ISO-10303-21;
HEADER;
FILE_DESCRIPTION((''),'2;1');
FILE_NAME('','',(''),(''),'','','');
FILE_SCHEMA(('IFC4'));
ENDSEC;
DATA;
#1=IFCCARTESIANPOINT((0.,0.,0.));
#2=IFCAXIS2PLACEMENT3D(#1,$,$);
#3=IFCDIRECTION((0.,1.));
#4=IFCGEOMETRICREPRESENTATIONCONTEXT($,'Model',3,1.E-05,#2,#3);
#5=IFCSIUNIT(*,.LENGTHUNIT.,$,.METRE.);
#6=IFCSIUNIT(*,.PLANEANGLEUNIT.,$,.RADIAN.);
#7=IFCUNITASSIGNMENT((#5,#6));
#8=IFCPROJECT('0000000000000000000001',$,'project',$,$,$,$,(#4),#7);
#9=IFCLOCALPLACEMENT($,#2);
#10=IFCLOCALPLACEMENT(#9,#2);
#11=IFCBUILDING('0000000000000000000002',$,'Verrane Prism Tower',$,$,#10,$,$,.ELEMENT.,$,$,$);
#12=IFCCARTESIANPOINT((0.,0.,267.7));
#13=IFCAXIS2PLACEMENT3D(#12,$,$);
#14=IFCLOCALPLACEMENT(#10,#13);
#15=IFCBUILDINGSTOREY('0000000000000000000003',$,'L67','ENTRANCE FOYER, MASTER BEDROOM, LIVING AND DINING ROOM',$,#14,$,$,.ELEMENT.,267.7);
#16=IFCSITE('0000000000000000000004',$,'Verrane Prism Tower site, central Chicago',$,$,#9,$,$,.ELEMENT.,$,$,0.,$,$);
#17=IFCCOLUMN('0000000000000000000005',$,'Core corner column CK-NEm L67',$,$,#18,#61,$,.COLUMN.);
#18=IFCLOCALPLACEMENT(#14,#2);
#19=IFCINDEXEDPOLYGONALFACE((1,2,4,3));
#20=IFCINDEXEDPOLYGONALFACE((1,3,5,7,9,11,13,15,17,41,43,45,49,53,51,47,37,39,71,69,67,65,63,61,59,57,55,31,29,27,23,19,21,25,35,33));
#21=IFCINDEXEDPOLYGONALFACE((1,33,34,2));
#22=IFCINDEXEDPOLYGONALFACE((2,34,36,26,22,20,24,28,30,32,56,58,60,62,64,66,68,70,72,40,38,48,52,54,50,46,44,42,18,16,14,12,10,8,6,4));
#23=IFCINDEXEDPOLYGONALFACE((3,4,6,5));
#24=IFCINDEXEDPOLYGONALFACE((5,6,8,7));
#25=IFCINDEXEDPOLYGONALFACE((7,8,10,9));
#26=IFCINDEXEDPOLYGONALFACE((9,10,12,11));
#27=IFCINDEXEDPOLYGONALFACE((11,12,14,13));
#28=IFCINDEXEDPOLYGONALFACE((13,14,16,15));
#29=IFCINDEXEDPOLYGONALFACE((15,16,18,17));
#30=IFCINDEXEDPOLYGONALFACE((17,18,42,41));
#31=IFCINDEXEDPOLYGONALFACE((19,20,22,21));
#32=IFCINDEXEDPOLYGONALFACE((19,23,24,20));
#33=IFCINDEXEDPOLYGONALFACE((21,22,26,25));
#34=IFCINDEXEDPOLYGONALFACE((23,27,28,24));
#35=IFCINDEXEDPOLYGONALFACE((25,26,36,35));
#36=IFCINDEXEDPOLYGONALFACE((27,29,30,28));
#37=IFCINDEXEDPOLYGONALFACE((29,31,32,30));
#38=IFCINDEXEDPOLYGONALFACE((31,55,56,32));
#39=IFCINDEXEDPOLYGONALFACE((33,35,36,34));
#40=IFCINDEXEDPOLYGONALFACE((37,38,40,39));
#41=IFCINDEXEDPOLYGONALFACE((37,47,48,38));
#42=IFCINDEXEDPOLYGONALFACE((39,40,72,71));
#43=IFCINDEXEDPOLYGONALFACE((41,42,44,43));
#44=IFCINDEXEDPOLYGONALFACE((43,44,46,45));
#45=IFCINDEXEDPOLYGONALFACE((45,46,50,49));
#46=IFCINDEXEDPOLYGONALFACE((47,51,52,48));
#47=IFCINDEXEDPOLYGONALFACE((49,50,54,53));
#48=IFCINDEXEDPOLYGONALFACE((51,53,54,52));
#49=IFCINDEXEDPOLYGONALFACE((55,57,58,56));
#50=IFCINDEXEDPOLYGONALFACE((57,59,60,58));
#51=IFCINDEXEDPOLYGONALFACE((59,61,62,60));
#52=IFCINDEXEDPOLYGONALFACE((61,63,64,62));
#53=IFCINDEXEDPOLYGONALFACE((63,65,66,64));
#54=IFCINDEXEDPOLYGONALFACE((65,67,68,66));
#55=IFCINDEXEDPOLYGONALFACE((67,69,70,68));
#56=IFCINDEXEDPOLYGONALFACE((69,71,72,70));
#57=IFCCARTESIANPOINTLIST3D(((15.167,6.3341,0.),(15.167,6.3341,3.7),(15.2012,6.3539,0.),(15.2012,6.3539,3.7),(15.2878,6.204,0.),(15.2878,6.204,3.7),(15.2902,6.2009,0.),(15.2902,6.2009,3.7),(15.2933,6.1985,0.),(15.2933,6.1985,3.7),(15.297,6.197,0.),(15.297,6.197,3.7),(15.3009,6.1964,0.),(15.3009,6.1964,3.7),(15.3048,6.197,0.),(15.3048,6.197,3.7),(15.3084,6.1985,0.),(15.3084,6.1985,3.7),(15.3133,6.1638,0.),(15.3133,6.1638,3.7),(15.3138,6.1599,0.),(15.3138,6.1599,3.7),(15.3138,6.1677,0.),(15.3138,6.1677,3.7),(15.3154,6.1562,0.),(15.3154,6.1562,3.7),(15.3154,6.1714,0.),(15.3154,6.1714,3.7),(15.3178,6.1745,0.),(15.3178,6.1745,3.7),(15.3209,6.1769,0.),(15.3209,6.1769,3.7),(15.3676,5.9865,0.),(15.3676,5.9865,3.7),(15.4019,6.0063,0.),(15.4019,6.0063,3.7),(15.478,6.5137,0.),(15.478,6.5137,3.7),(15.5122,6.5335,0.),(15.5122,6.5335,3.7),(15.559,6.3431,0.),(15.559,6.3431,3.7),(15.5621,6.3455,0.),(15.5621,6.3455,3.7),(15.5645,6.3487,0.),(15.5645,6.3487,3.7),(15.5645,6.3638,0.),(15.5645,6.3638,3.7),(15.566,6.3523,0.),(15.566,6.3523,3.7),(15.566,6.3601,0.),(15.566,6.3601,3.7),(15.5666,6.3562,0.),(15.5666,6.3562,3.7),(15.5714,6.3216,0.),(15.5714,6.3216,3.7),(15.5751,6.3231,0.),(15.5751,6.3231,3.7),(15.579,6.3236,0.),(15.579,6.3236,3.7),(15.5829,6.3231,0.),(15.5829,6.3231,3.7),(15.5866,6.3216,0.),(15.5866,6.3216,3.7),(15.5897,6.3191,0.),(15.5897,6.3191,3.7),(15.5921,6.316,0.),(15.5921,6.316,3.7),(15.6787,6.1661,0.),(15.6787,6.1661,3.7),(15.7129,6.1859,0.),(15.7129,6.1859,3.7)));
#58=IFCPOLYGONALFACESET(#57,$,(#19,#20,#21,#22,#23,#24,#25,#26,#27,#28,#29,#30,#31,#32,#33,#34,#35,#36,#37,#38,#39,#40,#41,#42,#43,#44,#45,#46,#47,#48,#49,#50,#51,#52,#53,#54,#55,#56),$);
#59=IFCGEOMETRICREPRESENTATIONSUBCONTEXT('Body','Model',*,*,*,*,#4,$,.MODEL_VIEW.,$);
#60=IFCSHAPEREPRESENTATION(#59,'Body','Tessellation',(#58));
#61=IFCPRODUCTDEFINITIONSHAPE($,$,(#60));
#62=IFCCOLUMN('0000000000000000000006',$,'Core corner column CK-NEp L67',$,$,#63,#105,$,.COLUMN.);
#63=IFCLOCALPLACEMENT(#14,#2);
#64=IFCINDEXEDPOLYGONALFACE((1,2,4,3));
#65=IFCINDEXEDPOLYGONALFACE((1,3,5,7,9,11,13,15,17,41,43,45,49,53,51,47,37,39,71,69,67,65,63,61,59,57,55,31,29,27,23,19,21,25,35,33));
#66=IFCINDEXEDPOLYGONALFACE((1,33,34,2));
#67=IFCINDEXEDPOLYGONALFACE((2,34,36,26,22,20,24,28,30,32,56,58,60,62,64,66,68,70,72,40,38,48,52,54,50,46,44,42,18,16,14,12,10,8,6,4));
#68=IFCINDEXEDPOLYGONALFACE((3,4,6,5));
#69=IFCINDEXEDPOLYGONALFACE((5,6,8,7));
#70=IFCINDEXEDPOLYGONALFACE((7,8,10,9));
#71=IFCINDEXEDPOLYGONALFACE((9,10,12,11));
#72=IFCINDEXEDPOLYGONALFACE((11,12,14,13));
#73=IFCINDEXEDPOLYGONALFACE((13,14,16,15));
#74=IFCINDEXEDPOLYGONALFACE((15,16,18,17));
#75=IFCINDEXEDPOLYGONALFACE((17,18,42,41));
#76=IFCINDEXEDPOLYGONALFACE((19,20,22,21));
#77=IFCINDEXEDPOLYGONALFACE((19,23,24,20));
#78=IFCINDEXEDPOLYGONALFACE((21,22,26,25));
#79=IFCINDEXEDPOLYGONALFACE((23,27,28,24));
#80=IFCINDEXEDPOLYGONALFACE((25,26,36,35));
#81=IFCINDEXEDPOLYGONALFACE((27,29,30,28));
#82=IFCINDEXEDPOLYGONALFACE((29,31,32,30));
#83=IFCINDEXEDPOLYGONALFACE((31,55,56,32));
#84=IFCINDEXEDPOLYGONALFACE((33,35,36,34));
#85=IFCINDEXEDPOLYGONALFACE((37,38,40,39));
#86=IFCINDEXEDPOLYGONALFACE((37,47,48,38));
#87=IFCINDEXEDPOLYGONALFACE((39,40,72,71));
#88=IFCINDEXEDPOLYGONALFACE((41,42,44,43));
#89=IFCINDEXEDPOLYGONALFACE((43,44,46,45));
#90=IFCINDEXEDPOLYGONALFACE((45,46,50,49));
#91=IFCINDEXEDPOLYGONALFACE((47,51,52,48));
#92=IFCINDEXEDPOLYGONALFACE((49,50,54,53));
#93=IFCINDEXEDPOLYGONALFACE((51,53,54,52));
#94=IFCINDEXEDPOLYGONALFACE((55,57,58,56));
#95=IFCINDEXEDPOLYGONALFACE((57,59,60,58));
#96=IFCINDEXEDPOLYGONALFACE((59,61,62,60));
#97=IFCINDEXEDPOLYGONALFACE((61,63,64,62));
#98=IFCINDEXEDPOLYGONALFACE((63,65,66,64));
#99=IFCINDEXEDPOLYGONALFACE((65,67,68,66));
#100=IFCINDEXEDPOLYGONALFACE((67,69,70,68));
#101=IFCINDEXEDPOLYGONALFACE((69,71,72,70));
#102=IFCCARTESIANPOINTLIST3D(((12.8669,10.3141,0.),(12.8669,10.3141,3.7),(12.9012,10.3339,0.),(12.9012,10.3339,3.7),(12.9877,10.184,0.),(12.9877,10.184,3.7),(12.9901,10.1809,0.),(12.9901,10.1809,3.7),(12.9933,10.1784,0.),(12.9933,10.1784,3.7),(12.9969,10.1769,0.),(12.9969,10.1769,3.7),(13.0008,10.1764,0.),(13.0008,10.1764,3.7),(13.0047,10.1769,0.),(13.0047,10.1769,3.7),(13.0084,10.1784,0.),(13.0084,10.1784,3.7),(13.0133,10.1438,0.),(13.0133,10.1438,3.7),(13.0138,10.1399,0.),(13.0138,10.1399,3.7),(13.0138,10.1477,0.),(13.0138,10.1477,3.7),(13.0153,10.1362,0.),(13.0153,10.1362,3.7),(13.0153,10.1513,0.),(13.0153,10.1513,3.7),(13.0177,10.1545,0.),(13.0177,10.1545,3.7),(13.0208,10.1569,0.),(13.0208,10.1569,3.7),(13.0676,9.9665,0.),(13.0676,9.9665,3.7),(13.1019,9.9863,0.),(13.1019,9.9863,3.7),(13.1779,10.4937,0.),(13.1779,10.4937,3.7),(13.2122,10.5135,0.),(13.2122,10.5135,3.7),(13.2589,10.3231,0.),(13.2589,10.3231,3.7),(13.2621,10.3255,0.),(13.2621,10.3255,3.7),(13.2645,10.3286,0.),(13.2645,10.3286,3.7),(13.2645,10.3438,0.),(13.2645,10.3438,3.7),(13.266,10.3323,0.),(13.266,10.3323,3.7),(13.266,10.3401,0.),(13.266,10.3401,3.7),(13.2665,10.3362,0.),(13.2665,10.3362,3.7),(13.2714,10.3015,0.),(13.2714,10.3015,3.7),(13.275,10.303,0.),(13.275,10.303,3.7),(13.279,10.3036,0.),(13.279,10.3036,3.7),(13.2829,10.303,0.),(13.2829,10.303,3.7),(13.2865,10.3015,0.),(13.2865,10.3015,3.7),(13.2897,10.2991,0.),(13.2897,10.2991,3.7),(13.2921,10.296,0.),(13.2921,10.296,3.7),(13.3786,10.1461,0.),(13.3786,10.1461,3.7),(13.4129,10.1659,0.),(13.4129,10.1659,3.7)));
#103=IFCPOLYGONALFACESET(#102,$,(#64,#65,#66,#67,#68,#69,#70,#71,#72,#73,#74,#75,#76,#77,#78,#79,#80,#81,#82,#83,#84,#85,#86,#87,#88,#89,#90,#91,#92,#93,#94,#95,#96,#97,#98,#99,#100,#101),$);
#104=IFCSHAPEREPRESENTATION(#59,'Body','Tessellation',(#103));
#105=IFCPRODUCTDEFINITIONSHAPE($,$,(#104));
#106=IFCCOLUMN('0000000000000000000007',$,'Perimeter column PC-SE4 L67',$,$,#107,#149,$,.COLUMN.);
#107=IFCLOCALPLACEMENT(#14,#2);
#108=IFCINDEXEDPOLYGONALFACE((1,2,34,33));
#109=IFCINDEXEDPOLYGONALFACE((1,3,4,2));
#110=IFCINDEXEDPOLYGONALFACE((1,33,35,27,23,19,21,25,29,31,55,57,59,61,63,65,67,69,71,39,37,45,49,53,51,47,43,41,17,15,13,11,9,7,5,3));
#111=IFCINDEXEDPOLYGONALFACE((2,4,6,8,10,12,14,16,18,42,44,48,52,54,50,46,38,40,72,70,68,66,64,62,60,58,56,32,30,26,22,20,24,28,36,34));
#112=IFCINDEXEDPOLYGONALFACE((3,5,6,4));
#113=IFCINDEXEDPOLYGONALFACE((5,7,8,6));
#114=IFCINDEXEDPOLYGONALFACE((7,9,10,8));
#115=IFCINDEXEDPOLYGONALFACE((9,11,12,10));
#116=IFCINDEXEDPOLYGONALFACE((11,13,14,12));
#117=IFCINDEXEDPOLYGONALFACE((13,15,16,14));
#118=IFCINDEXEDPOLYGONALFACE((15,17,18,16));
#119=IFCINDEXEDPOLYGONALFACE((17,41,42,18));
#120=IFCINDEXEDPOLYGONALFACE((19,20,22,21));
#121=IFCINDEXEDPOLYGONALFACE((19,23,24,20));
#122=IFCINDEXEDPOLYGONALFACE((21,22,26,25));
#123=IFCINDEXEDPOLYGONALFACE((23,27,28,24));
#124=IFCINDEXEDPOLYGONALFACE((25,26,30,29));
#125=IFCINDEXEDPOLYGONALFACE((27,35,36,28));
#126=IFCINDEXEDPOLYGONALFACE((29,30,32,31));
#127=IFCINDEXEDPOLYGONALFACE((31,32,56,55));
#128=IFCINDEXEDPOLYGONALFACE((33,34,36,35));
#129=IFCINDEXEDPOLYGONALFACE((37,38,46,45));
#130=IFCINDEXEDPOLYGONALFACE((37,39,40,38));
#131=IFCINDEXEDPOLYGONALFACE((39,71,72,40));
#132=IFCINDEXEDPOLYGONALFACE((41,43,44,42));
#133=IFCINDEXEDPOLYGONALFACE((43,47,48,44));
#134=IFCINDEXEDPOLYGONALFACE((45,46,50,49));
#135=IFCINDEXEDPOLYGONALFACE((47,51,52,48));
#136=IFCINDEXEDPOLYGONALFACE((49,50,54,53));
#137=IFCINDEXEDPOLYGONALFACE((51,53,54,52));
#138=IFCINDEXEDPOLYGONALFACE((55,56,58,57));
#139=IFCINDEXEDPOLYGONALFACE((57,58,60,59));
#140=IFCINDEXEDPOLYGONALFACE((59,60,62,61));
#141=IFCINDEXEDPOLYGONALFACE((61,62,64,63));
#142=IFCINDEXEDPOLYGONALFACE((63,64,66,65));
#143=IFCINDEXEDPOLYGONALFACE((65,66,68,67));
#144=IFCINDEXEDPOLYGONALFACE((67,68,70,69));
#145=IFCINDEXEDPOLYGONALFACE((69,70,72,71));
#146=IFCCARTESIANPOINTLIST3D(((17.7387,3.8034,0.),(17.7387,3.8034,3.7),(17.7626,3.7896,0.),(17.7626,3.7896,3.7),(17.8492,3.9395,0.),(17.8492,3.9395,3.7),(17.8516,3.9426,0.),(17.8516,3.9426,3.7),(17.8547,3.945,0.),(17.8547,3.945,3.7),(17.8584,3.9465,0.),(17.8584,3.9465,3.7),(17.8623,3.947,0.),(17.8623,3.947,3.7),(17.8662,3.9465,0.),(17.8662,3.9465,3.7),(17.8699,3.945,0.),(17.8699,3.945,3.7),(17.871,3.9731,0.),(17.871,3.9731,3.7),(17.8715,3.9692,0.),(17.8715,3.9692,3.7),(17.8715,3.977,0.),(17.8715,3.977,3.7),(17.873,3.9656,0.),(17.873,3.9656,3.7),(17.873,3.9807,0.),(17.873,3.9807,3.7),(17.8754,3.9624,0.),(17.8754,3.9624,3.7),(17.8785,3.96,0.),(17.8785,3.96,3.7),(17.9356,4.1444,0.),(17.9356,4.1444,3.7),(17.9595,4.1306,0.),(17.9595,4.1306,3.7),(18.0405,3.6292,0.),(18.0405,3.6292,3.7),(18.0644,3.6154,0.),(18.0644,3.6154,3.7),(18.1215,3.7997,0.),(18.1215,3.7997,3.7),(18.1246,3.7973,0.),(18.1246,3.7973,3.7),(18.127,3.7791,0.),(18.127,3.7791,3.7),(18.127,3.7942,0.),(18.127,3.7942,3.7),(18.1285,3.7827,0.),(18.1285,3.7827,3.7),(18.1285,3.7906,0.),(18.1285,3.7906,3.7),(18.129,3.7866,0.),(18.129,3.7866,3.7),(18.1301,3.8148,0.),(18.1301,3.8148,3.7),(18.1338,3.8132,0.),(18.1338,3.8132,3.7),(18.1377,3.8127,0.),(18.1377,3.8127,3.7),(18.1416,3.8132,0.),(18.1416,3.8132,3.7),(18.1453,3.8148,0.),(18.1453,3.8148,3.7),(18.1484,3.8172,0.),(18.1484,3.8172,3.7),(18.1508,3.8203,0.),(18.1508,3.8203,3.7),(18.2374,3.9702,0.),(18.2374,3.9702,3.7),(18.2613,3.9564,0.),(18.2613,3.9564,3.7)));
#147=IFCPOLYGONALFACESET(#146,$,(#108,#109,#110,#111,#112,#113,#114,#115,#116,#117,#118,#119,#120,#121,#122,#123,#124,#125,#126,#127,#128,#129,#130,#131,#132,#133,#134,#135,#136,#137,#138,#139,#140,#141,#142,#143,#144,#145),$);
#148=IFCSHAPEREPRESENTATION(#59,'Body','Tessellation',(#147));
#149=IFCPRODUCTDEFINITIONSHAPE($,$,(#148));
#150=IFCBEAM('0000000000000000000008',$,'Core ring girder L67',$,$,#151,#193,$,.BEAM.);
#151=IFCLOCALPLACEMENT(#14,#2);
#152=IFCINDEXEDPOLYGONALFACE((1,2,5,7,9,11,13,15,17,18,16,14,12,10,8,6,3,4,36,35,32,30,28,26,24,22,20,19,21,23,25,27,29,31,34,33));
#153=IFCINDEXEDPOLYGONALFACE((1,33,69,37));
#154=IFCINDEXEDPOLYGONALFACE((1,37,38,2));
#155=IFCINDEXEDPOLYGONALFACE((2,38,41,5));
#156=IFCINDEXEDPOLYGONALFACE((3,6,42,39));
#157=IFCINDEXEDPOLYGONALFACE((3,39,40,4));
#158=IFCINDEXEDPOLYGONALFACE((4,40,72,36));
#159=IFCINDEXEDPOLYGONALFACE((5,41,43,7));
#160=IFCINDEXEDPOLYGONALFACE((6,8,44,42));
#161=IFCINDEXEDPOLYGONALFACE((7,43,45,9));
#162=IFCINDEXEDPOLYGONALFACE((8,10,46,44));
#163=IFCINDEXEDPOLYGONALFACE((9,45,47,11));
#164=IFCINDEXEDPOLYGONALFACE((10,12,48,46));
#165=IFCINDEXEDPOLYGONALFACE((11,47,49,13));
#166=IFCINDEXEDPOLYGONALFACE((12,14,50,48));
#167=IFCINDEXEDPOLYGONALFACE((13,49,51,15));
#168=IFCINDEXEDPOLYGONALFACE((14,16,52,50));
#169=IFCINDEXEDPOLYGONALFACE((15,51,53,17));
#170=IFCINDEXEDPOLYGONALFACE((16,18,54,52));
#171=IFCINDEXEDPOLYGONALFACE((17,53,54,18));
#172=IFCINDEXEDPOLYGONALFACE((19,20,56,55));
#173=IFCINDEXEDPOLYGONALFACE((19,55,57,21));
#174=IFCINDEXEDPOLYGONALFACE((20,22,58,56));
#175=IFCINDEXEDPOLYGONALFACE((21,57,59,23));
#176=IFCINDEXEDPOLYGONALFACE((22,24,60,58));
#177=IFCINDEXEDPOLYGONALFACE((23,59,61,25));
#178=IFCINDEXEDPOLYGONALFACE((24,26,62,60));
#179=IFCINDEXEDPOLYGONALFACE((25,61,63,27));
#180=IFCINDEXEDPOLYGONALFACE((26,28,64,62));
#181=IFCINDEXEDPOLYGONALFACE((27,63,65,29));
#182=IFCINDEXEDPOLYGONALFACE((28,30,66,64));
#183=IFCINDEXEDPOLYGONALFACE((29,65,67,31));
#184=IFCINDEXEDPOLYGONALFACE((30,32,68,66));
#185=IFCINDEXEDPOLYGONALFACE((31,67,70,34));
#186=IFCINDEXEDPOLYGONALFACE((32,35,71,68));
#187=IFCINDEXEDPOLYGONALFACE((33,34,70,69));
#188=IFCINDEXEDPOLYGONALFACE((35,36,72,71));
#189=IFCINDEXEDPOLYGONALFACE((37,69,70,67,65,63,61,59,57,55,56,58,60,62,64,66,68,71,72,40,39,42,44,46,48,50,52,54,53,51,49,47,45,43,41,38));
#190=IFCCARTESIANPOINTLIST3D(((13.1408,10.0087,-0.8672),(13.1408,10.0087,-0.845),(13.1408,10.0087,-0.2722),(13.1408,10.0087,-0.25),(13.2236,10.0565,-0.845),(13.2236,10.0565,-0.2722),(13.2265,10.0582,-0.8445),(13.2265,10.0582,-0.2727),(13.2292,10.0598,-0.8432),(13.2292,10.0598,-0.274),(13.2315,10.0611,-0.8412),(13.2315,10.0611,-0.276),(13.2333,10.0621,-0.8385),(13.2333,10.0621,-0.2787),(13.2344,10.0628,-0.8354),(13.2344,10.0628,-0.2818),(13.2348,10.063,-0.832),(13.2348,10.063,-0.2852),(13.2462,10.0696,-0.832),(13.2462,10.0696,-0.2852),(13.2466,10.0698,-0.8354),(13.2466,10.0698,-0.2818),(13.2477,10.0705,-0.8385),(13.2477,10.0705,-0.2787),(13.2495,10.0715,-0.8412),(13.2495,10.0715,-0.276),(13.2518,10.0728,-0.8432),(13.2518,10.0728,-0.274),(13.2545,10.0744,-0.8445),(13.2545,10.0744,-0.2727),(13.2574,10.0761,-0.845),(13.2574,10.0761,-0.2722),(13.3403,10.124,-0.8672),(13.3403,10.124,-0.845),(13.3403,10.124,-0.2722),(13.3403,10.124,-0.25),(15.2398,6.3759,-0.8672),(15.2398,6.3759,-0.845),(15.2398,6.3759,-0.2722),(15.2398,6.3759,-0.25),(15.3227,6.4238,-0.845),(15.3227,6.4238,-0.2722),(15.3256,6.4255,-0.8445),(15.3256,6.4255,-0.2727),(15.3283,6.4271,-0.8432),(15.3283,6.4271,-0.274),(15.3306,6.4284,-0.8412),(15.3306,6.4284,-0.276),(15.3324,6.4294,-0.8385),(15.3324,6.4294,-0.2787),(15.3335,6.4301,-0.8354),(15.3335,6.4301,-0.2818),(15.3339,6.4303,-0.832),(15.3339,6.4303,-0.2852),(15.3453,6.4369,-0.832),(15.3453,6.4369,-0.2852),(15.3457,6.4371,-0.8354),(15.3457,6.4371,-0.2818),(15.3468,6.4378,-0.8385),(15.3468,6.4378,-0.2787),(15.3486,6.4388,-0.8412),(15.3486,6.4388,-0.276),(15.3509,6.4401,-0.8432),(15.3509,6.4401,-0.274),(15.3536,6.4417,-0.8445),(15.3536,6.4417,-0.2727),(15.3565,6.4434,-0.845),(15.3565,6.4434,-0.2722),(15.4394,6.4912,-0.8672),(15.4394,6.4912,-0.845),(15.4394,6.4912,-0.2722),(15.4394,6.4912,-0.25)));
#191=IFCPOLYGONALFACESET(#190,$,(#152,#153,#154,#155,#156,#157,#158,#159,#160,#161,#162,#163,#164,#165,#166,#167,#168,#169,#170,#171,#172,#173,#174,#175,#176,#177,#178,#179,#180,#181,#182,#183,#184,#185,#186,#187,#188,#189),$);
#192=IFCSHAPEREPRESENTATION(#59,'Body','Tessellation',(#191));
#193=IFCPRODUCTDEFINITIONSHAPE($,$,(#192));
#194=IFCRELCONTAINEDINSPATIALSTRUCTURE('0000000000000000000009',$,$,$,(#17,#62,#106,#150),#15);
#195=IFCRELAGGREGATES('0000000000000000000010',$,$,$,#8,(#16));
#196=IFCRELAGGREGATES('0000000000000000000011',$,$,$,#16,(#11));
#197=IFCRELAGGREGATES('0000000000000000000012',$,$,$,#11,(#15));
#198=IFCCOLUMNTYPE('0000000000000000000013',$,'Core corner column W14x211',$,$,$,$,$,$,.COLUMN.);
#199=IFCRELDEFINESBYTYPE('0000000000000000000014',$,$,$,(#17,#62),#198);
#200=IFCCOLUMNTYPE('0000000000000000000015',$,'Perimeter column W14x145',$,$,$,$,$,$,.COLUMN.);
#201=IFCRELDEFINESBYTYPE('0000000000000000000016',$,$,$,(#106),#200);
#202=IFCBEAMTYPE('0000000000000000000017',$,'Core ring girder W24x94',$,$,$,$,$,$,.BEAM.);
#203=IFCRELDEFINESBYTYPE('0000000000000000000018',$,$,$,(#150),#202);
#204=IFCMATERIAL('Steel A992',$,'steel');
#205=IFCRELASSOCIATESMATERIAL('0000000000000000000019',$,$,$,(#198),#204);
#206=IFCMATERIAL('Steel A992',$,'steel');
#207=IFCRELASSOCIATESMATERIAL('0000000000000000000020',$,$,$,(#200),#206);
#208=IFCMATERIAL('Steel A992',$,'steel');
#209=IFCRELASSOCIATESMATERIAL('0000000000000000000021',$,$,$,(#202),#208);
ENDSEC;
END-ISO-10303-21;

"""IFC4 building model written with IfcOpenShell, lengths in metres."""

from ifc_helpers import new_model, si_unit, direction, frame, origin, origin_2d, place, context, subcontext, project, spatial, i_section, extrude, material, material_profile, profile_set, type_object, element, save


model = new_model("IFC4")

# Units and contexts
model_context = context("Model", 3, precision=1e-05, world=origin(), true_north=direction((0.0, 1.0)))
body_context = subcontext(model_context, "Body", "Model", "MODEL_VIEW")
ifc_project = project(units=[si_unit("LENGTHUNIT", "METRE"), si_unit("PLANEANGLEUNIT", "RADIAN")], contexts=[model_context])

# Site, building, storey
site_placement = place(None, origin())
site = spatial("IfcSite", under=ifc_project, at=site_placement, Name="Verrane Prism Tower site, central Chicago", CompositionType="ELEMENT", RefElevation=0.0)
building_placement = place(site_placement, origin())
building = spatial("IfcBuilding", under=site, at=building_placement, Name="Verrane Prism Tower", CompositionType="ELEMENT")
storey_placement = place(building_placement, frame((0.0, 0.0, 267.7)))
storey = spatial("IfcBuildingStorey", under=building, at=storey_placement, Name="L67", Description="ENTRANCE FOYER, MASTER BEDROOM, LIVING AND DINING ROOM", CompositionType="ELEMENT", Elevation=267.7)

# Columns
ifc_material_1 = material(Name="Steel A992", Category="steel")
ifc_material_profile_1 = material_profile(ifc_material_1, i_section(OverallWidth=0.4014, OverallDepth=0.3987, WebThickness=0.0249, FlangeThickness=0.0396, FilletRadius=0.0151, at=origin_2d()), Name="W14x211")
ifc_profile_set_1 = profile_set([ifc_material_profile_1], Name="Steel A992")
column_type_1 = type_object("IfcColumnType", Name="Core corner column W14x211", PredefinedType="COLUMN", material=ifc_profile_set_1)
for number, where, z_axis, x_axis, name in (
    (1, (15.4399, 6.26, 0.0), (0.0, 0.0, 1.0), (0.5, -0.866025, 0.0), "Core corner column CK-NEm L67"),
    (2, (13.1399, 10.24, 0.0), (0.0, 0.0, 1.0), (0.5, -0.866025, 0.0), "Core corner column CK-NEp L67"),
):
    element("IfcColumn", number, at=place(storey_placement, frame(where, z_axis=z_axis, x_axis=x_axis)), inside=storey, type_object=column_type_1, Name=name, PredefinedType="COLUMN", context=body_context, shape_type="SweptSolid", body=[
        extrude(i_section(OverallWidth=0.4014, OverallDepth=0.3987, WebThickness=0.0249, FlangeThickness=0.0396, FilletRadius=0.0151, at=origin_2d()), origin(), (0.0, 0.0, 1.0), 3.7),
    ])
ifc_material_2 = material(Name="Steel A992", Category="steel")
ifc_material_profile_2 = material_profile(ifc_material_2, i_section(OverallWidth=0.3938, OverallDepth=0.376, WebThickness=0.0173, FlangeThickness=0.0276, FilletRadius=0.0151, at=origin_2d()), Name="W14x145")
ifc_profile_set_2 = profile_set([ifc_material_profile_2], Name="Steel A992")
column_type_2 = type_object("IfcColumnType", Name="Perimeter column W14x145", PredefinedType="COLUMN", material=ifc_profile_set_2)
column_placement = place(storey_placement, frame((18.0, 3.8799, 0.0), z_axis=(0.0, 0.0, 1.0), x_axis=(-0.5, -0.866025, 0.0)))
element("IfcColumn", 3, at=column_placement, inside=storey, type_object=column_type_2, Name="Perimeter column PC-SE4 L67", PredefinedType="COLUMN", context=body_context, shape_type="SweptSolid", body=[
    extrude(i_section(OverallWidth=0.3938, OverallDepth=0.376, WebThickness=0.0173, FlangeThickness=0.0276, FilletRadius=0.0151, at=origin_2d()), origin(), (0.0, 0.0, 1.0), 3.7),
])

# Beam
ifc_material_3 = material(Name="Steel A992", Category="steel")
ifc_material_profile_3 = material_profile(ifc_material_3, i_section(OverallWidth=0.2305, OverallDepth=0.6172, WebThickness=0.0132, FlangeThickness=0.0222, FilletRadius=0.0129, at=origin_2d()), Name="W24x94")
ifc_profile_set_3 = profile_set([ifc_material_profile_3], Name="Steel A992")
beam_type_1 = type_object("IfcBeamType", Name="Core ring girder W24x94", PredefinedType="BEAM", material=ifc_profile_set_3)
beam_1_placement = place(storey_placement, frame((15.3396, 6.4336, -0.5586), z_axis=(-0.500307, 0.865848, 0.0), x_axis=(-0.865848, -0.500307, 0.0)))
element("IfcBeam", 4, at=beam_1_placement, inside=storey, type_object=beam_type_1, Name="Core ring girder L67", PredefinedType="BEAM", context=body_context, shape_type="SweptSolid", body=[
    extrude(i_section(OverallWidth=0.2305, OverallDepth=0.6172, WebThickness=0.0132, FlangeThickness=0.0222, FilletRadius=0.0129, at=origin_2d()), origin(), (0.0, 0.0, 1.0), 4.1956),
])

save(model, "model.ifc")
